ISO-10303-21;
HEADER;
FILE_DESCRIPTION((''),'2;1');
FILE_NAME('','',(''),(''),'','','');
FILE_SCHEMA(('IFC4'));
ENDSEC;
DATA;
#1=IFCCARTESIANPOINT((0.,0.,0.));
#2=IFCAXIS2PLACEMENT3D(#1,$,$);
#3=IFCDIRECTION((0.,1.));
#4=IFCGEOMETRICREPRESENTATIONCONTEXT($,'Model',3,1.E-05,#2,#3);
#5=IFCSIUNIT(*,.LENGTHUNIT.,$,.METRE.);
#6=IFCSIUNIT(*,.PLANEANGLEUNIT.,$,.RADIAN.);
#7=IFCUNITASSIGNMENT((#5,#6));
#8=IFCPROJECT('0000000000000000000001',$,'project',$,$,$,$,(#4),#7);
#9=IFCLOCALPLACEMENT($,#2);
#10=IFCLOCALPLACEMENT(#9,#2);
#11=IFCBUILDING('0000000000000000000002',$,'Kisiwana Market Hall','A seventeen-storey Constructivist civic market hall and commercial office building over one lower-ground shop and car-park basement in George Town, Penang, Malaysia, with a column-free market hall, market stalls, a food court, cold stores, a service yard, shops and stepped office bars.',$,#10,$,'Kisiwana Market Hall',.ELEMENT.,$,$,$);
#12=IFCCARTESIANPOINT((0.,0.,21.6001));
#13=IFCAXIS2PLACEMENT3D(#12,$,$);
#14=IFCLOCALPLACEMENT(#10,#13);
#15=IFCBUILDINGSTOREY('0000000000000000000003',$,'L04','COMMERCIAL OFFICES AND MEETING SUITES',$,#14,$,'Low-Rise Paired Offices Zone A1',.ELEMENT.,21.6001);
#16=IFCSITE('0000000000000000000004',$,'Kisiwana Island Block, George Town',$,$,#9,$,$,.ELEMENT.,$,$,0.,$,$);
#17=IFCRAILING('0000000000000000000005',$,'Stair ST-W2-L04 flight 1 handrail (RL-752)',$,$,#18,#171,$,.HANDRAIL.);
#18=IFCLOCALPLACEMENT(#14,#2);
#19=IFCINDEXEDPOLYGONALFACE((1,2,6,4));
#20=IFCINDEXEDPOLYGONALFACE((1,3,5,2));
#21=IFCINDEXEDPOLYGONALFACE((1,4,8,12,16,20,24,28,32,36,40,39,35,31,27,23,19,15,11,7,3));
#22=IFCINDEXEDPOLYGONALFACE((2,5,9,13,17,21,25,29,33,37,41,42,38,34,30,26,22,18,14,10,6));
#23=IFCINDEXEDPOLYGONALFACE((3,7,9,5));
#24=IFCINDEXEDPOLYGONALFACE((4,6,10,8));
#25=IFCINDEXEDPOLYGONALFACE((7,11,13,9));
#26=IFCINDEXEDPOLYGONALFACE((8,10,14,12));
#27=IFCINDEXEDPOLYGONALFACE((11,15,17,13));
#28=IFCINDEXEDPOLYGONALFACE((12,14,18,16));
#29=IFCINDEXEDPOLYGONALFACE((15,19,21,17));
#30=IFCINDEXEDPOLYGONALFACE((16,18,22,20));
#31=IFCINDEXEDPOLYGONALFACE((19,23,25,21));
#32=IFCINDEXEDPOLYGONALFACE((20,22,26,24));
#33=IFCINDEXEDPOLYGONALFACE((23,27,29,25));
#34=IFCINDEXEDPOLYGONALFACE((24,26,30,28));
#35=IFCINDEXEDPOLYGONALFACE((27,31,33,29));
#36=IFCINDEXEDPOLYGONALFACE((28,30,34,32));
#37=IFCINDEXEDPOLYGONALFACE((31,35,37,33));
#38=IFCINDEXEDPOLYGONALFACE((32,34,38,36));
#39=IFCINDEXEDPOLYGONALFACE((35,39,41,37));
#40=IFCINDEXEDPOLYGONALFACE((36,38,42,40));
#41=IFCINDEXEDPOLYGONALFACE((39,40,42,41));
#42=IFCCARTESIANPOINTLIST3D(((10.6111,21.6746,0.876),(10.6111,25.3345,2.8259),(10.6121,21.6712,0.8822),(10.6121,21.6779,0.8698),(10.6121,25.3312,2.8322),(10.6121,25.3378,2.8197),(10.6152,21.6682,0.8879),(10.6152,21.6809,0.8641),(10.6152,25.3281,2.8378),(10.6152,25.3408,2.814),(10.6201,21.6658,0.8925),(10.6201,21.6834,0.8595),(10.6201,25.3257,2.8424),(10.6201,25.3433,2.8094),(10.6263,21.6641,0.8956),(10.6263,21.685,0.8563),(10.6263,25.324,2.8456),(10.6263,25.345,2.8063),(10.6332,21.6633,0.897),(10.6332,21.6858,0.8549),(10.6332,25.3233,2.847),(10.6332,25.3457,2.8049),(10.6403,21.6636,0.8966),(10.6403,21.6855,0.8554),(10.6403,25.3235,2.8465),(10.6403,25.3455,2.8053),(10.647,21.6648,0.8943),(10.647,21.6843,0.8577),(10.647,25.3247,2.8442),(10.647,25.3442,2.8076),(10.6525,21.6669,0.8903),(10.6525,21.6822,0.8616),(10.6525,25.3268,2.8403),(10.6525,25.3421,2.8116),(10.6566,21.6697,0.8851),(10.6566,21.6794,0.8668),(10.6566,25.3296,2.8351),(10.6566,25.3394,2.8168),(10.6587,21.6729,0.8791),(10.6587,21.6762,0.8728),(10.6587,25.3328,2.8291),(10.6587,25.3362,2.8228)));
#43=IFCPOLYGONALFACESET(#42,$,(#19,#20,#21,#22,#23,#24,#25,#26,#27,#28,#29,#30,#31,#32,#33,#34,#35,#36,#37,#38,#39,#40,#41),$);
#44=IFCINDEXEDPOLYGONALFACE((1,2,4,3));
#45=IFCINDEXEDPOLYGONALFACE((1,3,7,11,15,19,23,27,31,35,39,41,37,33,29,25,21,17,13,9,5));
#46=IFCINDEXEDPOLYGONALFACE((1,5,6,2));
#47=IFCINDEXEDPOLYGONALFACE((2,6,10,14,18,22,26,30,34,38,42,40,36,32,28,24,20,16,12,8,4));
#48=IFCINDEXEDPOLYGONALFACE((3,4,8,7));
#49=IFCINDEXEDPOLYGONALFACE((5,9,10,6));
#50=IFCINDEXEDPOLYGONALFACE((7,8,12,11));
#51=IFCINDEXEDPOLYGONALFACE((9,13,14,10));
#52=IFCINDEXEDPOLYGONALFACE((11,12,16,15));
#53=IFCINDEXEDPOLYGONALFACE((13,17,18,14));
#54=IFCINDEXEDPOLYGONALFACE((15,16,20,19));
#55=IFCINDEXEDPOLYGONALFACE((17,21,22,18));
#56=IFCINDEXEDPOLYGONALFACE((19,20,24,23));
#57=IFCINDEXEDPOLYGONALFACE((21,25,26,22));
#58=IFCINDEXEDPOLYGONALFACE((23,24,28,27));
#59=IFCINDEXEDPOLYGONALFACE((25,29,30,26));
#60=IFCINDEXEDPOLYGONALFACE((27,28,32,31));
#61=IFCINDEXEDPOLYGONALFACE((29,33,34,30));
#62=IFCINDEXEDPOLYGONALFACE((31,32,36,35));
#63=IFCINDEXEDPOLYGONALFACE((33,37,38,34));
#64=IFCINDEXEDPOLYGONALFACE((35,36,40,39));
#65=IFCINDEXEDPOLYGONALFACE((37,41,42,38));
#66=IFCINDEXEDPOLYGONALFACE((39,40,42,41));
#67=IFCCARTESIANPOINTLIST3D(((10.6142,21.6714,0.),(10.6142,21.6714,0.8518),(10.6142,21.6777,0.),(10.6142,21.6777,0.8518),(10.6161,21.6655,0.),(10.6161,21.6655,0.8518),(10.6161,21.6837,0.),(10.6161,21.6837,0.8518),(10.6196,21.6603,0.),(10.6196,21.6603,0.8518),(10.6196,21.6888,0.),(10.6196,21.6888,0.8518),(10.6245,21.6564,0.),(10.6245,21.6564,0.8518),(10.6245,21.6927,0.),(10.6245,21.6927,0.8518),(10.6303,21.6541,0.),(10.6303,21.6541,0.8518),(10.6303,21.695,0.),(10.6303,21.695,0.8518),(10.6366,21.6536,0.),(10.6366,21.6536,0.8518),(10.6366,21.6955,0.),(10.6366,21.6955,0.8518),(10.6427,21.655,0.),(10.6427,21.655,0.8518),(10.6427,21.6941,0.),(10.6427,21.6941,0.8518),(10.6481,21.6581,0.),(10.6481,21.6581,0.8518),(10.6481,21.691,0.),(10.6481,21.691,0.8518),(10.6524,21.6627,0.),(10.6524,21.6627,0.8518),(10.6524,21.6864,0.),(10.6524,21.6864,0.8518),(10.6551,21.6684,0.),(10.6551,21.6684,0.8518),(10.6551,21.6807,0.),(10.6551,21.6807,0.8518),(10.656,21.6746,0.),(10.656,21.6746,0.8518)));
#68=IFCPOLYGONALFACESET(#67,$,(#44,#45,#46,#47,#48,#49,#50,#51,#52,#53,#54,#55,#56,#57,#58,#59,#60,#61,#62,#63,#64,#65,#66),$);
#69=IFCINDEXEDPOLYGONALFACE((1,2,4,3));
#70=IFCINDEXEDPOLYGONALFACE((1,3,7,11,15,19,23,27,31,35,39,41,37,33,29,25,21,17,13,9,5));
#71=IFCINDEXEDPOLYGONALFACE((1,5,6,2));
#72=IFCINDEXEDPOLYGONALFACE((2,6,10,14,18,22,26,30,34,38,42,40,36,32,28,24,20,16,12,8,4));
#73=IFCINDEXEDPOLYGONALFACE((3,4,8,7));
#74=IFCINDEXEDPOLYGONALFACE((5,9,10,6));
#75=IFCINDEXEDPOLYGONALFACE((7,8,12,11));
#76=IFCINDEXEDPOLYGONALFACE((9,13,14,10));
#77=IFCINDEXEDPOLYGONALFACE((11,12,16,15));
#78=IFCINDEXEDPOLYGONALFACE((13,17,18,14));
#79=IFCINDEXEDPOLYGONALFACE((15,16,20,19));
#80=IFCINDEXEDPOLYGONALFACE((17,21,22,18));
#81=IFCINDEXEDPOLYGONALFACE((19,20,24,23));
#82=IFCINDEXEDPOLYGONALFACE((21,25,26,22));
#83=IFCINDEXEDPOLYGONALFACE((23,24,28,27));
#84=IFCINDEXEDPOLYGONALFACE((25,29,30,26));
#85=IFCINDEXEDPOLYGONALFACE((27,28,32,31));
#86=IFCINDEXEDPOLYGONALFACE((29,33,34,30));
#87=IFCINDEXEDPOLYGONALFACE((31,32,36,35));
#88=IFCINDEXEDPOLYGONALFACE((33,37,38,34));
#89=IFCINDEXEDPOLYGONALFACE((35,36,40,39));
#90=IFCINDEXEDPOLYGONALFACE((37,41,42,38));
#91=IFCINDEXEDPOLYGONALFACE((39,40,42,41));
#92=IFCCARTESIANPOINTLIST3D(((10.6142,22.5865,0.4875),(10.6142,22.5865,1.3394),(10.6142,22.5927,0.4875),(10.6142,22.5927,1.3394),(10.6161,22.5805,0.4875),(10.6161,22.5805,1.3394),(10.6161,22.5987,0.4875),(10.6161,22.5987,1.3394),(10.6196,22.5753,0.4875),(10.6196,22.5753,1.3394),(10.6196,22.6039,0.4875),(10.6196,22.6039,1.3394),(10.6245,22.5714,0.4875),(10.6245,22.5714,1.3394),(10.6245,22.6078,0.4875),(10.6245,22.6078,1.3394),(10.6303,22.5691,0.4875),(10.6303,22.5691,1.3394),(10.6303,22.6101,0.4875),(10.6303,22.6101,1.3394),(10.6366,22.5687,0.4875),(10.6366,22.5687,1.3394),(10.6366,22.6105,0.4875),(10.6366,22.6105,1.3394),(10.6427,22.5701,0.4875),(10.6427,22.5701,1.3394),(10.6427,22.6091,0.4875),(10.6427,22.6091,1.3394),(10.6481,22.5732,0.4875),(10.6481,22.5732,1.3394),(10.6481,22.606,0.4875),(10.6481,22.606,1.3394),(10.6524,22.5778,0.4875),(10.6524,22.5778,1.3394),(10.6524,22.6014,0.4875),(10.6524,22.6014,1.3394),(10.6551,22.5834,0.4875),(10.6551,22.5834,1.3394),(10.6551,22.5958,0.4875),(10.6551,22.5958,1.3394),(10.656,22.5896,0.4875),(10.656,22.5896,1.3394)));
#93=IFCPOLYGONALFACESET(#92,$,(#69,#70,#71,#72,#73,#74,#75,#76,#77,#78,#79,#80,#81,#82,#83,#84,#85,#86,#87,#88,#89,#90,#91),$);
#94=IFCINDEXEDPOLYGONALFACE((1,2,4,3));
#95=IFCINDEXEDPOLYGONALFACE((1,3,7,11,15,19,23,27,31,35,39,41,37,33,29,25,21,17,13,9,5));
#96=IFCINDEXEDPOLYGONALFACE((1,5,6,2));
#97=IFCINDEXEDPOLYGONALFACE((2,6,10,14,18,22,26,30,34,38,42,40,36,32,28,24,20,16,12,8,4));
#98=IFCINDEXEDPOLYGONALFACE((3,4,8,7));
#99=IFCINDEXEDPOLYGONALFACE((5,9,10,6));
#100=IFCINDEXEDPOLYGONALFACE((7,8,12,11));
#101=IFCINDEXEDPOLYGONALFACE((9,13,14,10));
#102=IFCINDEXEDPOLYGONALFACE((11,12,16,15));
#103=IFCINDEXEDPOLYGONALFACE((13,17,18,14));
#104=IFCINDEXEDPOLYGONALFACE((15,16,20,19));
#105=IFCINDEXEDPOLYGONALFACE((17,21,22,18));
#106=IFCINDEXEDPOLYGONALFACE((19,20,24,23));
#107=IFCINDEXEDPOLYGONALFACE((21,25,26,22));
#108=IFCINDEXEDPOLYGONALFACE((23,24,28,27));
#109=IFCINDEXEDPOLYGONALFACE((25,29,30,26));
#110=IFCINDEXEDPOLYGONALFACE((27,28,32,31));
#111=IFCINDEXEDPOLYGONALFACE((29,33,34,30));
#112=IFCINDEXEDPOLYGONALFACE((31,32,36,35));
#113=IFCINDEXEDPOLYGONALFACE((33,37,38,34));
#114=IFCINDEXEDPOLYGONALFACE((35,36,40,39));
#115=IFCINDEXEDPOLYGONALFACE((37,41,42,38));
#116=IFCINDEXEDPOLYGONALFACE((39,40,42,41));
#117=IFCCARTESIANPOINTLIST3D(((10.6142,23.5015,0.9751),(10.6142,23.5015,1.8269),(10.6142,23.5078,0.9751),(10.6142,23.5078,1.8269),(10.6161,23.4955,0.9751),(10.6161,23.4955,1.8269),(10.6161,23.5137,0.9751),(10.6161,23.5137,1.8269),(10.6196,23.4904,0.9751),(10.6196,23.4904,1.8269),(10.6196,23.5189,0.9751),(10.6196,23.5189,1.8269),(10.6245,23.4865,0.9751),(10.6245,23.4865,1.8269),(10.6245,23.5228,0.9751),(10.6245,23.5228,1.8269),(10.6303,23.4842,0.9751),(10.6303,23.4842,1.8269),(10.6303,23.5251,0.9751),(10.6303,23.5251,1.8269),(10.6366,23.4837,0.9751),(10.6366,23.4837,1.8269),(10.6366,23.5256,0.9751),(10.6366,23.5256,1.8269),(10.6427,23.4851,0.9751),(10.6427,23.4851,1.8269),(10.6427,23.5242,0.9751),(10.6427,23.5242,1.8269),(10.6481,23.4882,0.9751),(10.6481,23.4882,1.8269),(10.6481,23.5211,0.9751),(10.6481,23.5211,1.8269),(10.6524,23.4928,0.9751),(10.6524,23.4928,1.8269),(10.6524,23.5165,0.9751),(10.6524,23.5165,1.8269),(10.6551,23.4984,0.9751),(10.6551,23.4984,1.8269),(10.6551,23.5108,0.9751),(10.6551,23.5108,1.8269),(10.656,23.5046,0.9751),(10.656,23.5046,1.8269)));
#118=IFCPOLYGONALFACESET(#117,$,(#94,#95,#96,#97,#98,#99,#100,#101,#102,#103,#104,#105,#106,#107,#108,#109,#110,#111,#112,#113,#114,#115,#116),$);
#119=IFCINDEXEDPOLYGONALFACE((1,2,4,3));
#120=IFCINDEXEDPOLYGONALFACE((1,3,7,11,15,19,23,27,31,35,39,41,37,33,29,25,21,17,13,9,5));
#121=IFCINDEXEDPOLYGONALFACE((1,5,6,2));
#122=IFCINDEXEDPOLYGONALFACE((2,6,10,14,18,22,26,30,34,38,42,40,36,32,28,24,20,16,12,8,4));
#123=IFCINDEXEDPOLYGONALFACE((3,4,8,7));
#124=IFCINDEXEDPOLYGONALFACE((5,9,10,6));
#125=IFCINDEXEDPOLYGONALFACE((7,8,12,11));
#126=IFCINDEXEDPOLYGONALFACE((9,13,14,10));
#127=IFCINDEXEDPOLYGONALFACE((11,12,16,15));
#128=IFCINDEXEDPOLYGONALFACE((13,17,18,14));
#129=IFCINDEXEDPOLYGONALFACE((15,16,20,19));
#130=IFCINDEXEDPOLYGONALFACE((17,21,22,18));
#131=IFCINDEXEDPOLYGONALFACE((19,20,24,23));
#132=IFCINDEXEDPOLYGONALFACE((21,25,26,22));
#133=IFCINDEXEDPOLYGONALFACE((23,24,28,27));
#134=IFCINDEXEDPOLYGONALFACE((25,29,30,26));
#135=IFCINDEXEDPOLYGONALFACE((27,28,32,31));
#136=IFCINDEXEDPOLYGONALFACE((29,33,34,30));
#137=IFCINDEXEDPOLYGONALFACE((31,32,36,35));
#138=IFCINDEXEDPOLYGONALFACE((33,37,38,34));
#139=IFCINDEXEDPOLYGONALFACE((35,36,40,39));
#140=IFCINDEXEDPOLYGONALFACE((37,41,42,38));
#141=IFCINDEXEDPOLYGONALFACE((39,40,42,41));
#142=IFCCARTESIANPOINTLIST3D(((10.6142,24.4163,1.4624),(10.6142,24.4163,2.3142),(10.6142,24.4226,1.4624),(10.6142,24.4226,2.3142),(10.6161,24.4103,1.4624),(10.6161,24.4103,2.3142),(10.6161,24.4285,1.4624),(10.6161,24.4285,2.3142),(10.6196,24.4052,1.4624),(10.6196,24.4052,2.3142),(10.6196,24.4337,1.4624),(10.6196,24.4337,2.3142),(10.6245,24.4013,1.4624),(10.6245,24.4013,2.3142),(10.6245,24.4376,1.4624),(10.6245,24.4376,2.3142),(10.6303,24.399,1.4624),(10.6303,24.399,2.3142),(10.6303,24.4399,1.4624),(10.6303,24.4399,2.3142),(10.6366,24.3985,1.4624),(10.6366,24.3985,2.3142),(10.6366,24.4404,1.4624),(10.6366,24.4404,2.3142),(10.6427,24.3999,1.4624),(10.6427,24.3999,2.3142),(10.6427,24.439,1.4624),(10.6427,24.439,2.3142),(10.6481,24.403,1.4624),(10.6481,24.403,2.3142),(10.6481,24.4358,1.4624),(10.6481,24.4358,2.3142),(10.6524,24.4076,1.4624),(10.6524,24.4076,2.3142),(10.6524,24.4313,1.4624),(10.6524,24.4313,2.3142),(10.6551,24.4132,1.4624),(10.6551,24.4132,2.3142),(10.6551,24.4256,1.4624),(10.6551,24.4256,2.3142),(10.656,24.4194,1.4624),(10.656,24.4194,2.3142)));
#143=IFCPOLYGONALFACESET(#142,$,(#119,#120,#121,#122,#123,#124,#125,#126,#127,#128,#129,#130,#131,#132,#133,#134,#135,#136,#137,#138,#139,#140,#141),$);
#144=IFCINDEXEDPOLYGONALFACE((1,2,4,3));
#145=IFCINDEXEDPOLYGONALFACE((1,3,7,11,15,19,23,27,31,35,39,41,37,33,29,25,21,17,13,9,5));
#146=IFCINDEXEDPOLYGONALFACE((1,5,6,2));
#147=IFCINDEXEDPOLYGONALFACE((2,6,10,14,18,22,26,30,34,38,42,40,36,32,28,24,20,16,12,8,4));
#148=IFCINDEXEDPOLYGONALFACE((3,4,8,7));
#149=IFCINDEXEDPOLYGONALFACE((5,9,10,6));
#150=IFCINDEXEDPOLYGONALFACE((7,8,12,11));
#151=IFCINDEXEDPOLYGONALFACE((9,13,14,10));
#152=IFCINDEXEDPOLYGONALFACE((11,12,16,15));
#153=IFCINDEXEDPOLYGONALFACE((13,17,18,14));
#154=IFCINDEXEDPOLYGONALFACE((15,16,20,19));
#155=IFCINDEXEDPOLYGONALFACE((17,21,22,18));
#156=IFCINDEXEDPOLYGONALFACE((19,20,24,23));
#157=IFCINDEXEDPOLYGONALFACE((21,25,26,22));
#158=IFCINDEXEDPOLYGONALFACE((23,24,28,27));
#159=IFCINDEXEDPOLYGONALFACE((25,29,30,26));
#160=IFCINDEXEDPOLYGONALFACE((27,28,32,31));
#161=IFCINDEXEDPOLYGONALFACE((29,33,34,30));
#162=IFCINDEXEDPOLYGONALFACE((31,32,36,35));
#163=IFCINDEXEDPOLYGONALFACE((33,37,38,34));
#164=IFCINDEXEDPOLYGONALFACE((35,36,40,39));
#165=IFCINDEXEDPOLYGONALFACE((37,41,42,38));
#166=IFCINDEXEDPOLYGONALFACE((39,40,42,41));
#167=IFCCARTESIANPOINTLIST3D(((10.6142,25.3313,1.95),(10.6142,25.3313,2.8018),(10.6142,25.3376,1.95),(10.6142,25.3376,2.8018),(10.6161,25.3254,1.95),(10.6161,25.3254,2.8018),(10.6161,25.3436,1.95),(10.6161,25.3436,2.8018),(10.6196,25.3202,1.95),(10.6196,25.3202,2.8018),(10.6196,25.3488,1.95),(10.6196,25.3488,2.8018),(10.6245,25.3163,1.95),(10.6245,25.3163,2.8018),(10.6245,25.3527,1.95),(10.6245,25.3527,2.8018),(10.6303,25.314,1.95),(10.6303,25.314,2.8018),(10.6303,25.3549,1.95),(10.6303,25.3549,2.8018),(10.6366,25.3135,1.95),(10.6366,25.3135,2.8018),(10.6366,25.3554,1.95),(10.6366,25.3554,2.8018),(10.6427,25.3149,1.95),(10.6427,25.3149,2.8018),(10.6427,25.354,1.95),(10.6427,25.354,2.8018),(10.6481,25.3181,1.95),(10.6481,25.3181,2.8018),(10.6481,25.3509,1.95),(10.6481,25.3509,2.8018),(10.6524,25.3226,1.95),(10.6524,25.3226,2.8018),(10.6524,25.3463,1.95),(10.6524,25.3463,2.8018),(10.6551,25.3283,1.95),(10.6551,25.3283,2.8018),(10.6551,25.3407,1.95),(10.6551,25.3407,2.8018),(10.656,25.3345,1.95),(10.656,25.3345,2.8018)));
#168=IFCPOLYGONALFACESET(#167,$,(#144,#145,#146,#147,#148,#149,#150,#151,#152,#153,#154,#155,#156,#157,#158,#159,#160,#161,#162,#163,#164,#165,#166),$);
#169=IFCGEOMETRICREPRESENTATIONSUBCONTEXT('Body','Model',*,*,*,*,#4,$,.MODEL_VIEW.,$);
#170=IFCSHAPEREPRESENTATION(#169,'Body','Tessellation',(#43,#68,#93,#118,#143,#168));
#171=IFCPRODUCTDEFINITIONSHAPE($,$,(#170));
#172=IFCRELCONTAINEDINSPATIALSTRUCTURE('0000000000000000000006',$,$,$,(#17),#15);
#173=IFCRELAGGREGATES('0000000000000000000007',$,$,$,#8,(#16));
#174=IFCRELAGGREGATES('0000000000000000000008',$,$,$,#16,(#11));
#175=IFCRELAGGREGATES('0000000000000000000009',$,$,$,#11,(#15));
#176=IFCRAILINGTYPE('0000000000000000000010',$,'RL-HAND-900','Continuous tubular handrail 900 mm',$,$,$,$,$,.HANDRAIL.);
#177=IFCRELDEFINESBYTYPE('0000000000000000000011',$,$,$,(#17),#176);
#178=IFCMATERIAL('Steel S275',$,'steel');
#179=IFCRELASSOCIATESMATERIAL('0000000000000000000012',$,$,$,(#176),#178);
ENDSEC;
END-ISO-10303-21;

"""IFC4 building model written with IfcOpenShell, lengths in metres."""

from ifc_helpers import new_model, si_unit, direction, frame, origin, origin_2d, place, context, subcontext, project, spatial, circle, extrude, material, type_object, element, save


model = new_model("IFC4")

# Units and contexts
model_context = context("Model", 3, precision=1e-05, world=origin(), true_north=direction((0.0, 1.0)))
body_context = subcontext(model_context, "Body", "Model", "MODEL_VIEW")
ifc_project = project(units=[si_unit("LENGTHUNIT", "METRE"), si_unit("PLANEANGLEUNIT", "RADIAN")], contexts=[model_context])

# Site, building, storey
site_placement = place(None, origin())
site = spatial("IfcSite", under=ifc_project, at=site_placement, Name="Kisiwana Island Block, George Town", CompositionType="ELEMENT", RefElevation=0.0)
building_placement = place(site_placement, origin())
building = spatial("IfcBuilding", under=site, at=building_placement, Name="Kisiwana Market Hall", Description="A seventeen-storey Constructivist civic market hall and commercial office building over one lower-ground shop and car-park basement in George Town, Penang, Malaysia, with a column-free market hall, market stalls, a food court, cold stores, a service yard, shops and stepped office bars.", LongName="Kisiwana Market Hall", CompositionType="ELEMENT")
storey_placement = place(building_placement, frame((0.0, 0.0, 21.6001)))
storey = spatial("IfcBuildingStorey", under=building, at=storey_placement, Name="L04", Description="COMMERCIAL OFFICES AND MEETING SUITES", LongName="Low-Rise Paired Offices Zone A1", CompositionType="ELEMENT", Elevation=21.6001)

# Railing
ifc_material_1 = material(Name="Steel S275", Category="steel")
railing_type_1 = type_object("IfcRailingType", Name="RL-HAND-900", Description="Continuous tubular handrail 900 mm", PredefinedType="HANDRAIL", material=ifc_material_1)
railing_1_placement = place(storey_placement, frame((10.635, 21.6746, 0.0)))
element("IfcRailing", 1, at=railing_1_placement, inside=storey, type_object=railing_type_1, Name="Stair ST-W2-L04 flight 1 handrail (RL-752)", PredefinedType="HANDRAIL", context=body_context, shape_type="SweptSolid", body=[
    extrude(circle(Radius=0.0239, at=origin_2d()), frame((0.0, 0.0, 0.876), z_axis=(0.0, 0.882553, 0.470212), x_axis=(-1.0, 0.0, 0.0)), (0.0, 0.0, 1.0), 4.147),
    extrude(circle(Radius=0.021, at=origin_2d()), origin(), (0.0, 0.0, 1.0), 0.8518),
    extrude(circle(Radius=0.021, at=origin_2d()), frame((0.0, 0.915, 0.4875)), (0.0, 0.0, 1.0), 0.8518),
    extrude(circle(Radius=0.021, at=origin_2d()), frame((0.0, 1.8301, 0.9751)), (0.0, 0.0, 1.0), 0.8518),
    extrude(circle(Radius=0.021, at=origin_2d()), frame((0.0, 2.7449, 1.4624)), (0.0, 0.0, 1.0), 0.8518),
    extrude(circle(Radius=0.021, at=origin_2d()), frame((0.0, 3.6599, 1.95)), (0.0, 0.0, 1.0), 0.8518),
])

save(model, "model.ifc")
